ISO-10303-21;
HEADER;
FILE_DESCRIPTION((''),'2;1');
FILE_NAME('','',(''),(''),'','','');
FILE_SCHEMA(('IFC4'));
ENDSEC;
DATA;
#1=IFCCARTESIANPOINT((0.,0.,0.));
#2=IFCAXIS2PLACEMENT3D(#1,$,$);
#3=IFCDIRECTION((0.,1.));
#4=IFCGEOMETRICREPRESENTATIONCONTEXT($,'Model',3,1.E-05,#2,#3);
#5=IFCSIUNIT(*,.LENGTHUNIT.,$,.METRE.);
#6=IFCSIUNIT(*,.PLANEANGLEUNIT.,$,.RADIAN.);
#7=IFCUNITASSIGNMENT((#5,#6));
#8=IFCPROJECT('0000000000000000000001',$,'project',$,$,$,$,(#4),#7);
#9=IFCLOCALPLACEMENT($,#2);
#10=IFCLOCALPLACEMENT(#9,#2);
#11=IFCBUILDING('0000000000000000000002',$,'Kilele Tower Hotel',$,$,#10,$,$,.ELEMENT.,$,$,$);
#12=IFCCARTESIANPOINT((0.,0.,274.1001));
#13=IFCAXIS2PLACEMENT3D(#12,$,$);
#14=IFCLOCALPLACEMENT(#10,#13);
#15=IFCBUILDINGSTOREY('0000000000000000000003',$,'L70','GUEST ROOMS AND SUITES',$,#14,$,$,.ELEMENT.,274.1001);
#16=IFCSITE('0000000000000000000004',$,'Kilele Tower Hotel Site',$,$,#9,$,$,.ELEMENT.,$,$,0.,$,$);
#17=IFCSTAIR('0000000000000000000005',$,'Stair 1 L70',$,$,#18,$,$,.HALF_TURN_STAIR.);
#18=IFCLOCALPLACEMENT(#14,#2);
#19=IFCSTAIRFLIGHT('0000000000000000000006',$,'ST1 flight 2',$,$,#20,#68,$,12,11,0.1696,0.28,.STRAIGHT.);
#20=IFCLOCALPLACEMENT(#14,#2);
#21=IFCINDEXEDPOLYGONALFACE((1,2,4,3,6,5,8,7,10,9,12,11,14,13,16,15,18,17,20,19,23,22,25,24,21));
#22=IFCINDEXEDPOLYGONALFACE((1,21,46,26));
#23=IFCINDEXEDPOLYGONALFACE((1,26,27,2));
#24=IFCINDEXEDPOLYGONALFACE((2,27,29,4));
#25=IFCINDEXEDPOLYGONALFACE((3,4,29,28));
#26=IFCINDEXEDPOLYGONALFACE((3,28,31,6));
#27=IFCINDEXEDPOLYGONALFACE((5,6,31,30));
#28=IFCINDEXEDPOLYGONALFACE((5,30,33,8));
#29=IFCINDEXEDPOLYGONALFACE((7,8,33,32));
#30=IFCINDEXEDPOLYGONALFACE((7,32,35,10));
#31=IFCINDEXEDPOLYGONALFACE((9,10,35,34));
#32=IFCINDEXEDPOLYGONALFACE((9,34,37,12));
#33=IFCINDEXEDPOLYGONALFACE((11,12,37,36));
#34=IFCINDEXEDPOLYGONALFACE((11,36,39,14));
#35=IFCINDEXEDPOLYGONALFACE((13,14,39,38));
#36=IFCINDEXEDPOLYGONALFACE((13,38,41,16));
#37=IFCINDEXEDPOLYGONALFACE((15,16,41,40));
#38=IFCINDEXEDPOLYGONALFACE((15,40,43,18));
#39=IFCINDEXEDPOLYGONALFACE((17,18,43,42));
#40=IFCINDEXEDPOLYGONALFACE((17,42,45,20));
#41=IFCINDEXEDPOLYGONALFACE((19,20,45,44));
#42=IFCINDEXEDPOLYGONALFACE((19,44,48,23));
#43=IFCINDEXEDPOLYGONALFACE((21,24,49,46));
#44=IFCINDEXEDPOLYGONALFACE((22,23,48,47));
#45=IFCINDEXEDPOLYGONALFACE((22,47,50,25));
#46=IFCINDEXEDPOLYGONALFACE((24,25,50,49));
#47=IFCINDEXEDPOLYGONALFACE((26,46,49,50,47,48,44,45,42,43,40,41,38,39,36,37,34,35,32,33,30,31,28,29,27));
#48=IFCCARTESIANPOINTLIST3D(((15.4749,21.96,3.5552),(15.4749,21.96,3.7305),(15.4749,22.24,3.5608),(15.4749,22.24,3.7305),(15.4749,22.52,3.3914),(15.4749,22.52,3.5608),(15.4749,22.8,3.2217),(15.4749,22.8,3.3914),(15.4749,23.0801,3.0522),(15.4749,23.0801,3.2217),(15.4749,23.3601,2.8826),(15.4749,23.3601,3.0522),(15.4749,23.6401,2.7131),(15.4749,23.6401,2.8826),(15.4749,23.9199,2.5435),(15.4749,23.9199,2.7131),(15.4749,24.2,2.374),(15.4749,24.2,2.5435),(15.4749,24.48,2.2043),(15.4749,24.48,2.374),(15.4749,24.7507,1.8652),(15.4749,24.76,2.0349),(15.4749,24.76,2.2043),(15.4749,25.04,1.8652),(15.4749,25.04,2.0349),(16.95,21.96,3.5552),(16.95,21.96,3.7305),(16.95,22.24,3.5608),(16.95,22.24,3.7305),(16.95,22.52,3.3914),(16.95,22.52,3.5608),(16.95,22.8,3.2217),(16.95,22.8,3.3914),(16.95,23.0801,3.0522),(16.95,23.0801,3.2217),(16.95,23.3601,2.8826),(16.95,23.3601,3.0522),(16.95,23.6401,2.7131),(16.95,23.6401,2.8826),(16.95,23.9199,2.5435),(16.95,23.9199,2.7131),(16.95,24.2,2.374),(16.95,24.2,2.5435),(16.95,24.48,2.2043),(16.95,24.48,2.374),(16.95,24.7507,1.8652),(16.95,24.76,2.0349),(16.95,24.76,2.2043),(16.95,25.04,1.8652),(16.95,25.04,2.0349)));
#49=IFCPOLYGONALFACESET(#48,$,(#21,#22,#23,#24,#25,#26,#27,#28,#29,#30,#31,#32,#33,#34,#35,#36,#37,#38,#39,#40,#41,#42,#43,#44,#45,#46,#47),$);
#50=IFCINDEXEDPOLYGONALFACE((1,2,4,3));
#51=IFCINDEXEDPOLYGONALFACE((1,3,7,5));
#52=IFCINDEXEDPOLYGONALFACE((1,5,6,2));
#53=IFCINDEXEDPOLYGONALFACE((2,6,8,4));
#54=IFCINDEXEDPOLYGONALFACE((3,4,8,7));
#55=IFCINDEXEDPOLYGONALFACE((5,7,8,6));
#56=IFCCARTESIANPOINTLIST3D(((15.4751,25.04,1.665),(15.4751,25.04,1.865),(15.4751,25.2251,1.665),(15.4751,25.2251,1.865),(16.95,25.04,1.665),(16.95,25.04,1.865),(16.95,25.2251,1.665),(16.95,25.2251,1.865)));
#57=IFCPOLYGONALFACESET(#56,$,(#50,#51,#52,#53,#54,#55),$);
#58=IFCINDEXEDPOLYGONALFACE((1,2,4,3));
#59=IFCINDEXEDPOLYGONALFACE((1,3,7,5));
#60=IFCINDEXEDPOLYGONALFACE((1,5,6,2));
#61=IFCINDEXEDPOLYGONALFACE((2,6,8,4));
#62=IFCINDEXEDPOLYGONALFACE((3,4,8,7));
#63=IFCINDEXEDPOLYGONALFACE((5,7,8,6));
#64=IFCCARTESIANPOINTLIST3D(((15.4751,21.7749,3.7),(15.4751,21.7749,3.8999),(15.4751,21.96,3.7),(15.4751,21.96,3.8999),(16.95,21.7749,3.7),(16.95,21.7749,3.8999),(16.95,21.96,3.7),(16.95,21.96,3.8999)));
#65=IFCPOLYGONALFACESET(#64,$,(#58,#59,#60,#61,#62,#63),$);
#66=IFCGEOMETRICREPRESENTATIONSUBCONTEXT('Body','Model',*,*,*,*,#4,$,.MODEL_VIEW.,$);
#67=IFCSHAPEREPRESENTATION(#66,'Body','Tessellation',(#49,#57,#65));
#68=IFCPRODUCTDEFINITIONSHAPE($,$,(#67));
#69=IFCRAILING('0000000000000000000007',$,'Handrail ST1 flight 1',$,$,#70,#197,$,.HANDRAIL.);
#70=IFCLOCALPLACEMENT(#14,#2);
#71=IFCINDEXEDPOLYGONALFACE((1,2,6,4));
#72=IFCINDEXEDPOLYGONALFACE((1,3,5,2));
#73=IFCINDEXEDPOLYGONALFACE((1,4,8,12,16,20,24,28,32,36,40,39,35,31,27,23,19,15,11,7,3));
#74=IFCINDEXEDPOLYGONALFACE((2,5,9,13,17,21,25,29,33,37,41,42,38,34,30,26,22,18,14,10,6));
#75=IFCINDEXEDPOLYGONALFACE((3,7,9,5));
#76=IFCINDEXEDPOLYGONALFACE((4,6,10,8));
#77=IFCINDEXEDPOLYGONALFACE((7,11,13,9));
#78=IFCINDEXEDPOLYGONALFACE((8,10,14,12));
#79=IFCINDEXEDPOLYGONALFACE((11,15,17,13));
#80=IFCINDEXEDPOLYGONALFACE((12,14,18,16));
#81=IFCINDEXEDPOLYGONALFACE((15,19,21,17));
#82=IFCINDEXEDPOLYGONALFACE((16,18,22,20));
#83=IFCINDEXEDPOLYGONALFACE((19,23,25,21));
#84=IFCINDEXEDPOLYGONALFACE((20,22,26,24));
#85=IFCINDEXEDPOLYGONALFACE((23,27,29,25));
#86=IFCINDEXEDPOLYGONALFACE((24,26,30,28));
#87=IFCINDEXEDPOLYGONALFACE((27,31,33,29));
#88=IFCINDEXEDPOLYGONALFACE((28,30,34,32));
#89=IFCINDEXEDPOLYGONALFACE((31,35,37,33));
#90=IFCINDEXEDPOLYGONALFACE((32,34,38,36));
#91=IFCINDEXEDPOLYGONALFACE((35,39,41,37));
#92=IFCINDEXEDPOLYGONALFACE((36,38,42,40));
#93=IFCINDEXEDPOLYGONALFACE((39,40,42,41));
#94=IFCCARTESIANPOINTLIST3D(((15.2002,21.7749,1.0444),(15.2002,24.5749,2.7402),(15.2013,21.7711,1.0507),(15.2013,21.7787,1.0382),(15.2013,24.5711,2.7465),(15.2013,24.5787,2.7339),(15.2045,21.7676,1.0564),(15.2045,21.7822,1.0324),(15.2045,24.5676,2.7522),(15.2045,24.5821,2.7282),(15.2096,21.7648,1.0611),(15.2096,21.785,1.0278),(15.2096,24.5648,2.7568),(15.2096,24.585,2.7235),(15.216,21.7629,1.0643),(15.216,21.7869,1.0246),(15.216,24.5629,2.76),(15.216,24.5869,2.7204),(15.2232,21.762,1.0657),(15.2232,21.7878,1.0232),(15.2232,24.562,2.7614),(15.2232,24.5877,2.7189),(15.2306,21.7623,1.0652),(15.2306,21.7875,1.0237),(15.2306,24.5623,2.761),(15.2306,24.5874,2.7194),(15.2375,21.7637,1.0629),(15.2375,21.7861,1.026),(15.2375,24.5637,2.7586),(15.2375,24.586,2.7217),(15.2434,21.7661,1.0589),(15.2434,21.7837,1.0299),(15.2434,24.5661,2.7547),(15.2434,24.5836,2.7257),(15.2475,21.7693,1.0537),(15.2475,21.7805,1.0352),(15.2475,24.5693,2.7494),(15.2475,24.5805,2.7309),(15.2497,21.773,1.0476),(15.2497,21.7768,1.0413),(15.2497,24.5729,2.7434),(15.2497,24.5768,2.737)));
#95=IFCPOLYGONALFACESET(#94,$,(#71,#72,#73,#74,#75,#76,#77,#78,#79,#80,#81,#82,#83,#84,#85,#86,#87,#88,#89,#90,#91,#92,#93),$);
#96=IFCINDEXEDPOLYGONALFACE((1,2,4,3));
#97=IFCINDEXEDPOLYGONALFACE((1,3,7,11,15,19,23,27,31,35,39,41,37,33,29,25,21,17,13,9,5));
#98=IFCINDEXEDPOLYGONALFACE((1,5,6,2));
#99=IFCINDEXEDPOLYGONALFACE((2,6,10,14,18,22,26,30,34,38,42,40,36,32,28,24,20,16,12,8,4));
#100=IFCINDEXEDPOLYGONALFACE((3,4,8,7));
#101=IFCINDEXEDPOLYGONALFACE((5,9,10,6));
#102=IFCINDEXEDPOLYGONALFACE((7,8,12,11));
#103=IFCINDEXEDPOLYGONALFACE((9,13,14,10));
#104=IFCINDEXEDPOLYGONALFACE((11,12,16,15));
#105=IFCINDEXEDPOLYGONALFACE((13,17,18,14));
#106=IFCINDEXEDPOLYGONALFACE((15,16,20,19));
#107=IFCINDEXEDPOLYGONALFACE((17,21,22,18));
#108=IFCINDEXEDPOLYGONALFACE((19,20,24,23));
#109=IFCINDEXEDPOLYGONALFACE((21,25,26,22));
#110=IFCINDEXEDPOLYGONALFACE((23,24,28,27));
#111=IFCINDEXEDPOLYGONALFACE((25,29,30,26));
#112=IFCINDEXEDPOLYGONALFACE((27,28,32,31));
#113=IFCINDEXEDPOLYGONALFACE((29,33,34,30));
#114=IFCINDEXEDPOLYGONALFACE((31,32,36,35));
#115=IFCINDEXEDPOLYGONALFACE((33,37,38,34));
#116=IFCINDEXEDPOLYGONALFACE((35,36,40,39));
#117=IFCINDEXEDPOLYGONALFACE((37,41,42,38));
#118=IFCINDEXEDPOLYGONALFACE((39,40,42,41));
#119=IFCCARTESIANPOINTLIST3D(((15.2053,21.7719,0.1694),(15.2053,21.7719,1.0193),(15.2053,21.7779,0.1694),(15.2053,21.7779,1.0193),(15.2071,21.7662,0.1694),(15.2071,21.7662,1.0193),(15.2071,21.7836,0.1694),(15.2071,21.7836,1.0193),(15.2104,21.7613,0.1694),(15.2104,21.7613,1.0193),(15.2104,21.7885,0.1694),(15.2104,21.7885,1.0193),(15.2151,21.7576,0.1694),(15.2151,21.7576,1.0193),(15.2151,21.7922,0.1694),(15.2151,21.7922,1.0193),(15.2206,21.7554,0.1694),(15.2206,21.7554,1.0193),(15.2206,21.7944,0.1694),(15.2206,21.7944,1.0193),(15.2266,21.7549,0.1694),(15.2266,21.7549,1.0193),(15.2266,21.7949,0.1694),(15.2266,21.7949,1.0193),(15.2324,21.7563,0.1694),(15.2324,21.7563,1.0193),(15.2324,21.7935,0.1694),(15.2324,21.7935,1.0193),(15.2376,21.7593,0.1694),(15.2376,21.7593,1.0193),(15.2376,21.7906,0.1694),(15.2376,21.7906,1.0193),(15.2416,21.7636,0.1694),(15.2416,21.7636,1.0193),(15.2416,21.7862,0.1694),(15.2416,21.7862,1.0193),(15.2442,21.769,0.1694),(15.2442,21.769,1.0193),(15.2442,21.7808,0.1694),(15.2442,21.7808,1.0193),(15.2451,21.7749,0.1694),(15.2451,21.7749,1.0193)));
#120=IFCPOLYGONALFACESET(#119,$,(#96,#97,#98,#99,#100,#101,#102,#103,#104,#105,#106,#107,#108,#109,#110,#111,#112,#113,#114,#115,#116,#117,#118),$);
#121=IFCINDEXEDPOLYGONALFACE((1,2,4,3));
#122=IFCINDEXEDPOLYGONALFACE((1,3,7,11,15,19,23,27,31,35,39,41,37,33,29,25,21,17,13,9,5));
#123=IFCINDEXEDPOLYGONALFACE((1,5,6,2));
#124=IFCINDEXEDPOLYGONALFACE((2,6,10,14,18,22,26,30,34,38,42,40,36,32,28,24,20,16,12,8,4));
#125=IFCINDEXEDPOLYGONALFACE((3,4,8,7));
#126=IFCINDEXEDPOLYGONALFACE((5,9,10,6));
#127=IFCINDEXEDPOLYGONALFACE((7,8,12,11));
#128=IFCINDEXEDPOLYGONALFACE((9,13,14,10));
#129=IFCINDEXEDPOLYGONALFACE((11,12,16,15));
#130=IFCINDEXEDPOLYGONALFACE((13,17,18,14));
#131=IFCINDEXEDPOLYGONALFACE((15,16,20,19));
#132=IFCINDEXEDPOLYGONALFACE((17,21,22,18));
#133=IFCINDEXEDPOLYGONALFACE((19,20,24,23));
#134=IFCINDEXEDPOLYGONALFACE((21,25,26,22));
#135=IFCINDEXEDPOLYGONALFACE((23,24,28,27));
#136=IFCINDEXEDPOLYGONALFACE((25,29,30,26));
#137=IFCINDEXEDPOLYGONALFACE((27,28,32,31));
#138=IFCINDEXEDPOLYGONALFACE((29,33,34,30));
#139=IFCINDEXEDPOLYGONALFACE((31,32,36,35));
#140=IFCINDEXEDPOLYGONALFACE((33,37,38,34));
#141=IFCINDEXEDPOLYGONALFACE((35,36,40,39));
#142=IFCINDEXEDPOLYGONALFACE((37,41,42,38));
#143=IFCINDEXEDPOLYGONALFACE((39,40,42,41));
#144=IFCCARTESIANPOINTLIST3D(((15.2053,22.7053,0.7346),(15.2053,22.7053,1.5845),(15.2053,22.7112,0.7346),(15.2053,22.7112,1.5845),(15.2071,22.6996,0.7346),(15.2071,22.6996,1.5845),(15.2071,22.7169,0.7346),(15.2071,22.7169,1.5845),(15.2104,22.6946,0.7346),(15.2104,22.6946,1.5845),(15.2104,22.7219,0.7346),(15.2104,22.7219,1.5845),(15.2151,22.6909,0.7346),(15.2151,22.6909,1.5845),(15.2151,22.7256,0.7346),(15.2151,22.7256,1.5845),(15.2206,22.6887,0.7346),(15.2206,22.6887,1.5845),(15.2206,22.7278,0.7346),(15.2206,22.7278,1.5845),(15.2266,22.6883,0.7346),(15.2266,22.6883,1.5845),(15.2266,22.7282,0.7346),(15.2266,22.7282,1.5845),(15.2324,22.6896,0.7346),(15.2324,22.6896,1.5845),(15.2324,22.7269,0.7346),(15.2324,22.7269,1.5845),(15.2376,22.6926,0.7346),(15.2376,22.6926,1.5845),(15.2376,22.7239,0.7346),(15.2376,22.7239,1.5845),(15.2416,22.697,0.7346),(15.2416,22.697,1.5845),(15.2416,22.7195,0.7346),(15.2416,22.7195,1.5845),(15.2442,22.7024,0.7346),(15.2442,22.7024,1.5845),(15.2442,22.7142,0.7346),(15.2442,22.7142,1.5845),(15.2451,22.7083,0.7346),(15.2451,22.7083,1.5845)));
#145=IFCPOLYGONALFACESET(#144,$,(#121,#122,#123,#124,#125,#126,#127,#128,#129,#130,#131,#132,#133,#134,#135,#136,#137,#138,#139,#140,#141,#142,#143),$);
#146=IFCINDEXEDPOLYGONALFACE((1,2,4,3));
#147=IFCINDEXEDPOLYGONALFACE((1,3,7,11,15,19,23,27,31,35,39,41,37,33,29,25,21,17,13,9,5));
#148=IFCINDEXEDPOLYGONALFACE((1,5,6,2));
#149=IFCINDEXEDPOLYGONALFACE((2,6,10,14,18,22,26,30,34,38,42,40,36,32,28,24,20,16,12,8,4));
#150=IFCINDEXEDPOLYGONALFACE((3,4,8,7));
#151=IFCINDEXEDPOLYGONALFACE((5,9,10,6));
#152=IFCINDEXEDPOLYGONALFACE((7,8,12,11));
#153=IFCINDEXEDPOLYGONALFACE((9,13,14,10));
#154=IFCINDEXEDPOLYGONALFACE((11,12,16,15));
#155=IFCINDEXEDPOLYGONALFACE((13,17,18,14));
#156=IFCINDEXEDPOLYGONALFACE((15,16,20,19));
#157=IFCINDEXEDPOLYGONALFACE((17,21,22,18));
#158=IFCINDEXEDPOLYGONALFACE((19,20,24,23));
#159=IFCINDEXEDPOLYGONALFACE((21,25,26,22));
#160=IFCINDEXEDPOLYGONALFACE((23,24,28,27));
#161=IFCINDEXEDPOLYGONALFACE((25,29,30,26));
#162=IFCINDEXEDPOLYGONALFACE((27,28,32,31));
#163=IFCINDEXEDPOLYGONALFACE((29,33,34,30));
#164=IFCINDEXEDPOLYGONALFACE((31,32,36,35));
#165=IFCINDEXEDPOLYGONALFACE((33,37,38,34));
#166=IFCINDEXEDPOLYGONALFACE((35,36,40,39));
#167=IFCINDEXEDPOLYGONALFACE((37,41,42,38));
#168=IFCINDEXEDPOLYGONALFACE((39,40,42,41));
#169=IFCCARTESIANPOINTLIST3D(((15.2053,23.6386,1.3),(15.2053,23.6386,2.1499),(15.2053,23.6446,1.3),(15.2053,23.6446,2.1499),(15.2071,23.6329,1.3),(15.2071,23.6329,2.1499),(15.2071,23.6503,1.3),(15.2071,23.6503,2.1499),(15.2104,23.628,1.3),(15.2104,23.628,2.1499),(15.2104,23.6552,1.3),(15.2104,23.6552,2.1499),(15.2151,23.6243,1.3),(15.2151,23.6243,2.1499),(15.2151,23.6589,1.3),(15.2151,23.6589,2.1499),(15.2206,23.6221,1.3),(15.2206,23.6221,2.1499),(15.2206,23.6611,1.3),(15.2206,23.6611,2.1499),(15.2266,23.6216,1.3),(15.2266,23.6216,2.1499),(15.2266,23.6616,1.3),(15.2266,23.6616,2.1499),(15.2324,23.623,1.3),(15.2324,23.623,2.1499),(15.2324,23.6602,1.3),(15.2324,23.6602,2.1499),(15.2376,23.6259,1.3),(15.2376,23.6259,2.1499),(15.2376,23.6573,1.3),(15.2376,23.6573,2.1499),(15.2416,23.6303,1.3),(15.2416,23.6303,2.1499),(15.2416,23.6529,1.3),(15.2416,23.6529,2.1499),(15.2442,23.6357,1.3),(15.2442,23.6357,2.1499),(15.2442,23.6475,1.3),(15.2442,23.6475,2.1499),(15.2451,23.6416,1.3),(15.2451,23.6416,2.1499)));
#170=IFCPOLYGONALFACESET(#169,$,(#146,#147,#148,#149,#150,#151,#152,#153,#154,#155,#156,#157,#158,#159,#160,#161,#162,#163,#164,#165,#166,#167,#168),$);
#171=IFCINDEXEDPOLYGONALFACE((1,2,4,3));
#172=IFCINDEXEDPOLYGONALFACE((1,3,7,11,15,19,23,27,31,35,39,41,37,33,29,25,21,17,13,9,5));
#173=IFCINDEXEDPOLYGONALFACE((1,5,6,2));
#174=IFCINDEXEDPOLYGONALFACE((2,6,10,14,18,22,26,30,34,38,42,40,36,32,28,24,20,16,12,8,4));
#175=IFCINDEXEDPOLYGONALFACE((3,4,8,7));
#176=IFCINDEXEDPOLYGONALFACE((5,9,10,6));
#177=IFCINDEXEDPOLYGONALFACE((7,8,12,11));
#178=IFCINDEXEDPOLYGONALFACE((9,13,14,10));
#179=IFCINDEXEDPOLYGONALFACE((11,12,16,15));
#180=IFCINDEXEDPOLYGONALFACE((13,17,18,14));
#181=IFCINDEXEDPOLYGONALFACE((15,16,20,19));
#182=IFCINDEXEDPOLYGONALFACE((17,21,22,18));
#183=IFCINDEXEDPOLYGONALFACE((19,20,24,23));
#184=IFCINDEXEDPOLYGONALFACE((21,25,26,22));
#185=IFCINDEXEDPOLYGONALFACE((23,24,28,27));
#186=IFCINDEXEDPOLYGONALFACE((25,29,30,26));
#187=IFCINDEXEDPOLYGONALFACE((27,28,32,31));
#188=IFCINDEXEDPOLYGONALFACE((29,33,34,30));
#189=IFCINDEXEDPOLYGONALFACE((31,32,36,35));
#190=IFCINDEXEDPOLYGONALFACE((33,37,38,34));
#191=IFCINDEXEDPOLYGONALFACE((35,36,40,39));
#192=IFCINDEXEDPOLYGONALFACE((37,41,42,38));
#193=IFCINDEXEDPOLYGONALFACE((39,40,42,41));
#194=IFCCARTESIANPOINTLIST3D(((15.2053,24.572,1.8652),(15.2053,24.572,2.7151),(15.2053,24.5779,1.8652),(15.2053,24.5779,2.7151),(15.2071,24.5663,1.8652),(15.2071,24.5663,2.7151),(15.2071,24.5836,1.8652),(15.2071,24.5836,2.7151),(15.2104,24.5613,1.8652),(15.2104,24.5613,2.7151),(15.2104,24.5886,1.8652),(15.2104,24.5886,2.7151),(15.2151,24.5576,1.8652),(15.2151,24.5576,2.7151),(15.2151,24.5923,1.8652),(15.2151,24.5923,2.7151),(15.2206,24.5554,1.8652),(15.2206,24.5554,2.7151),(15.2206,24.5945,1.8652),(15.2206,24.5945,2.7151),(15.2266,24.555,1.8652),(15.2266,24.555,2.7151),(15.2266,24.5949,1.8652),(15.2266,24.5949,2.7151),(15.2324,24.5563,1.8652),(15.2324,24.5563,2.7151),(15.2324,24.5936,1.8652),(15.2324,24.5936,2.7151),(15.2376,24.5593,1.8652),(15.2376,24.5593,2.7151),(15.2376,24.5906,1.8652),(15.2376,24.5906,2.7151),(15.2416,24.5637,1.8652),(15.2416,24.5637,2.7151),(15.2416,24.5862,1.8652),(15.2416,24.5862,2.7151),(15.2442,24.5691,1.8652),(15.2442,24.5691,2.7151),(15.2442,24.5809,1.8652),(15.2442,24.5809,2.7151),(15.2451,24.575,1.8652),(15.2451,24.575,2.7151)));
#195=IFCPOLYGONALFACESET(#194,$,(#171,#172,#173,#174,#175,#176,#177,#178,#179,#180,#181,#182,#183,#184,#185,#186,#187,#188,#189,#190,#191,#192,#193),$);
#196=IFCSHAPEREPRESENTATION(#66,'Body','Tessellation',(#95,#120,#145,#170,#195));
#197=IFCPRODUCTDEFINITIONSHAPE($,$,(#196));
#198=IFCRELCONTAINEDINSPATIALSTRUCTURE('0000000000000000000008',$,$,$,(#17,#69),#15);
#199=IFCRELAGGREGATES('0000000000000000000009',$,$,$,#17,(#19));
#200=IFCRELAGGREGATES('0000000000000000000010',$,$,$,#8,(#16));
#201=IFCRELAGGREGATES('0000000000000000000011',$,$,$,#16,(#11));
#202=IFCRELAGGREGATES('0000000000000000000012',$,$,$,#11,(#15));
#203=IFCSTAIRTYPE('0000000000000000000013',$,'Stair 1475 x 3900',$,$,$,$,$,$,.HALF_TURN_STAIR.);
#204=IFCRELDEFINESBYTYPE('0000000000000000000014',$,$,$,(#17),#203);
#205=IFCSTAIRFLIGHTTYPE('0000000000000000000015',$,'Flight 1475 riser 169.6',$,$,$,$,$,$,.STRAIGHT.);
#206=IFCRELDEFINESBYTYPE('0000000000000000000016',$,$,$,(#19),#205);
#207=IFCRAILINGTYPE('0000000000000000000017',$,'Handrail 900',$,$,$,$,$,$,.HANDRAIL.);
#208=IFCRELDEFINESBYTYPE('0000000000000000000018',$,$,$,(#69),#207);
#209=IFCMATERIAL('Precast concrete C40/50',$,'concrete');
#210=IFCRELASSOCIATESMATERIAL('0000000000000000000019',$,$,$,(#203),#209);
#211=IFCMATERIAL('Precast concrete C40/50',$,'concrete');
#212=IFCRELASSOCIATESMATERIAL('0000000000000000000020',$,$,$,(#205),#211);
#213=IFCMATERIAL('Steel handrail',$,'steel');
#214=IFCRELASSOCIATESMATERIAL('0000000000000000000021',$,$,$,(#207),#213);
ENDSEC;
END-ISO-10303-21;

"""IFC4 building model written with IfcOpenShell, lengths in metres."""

from ifc_helpers import new_model, si_unit, direction, frame, origin, origin_2d, place, context, subcontext, project, spatial, polyline, circle, outline, extrude, material, type_object, element, aggregate, save


model = new_model("IFC4")

# Units and contexts
model_context = context("Model", 3, precision=1e-05, world=origin(), true_north=direction((0.0, 1.0)))
body_context = subcontext(model_context, "Body", "Model", "MODEL_VIEW")
ifc_project = project(units=[si_unit("LENGTHUNIT", "METRE"), si_unit("PLANEANGLEUNIT", "RADIAN")], contexts=[model_context])

# Site, building, storey
site_placement = place(None, origin())
site = spatial("IfcSite", under=ifc_project, at=site_placement, Name="Kilele Tower Hotel Site", CompositionType="ELEMENT", RefElevation=0.0)
building_placement = place(site_placement, origin())
building = spatial("IfcBuilding", under=site, at=building_placement, Name="Kilele Tower Hotel", CompositionType="ELEMENT")
storey_placement = place(building_placement, frame((0.0, 0.0, 274.1001)))
storey = spatial("IfcBuildingStorey", under=building, at=storey_placement, Name="L70", Description="GUEST ROOMS AND SUITES", CompositionType="ELEMENT", Elevation=274.1001)

# Stair, stair flight
ifc_material_1 = material(Name="Precast concrete C40/50", Category="concrete")
stair_type = type_object("IfcStairType", Name="Stair 1475 x 3900", PredefinedType="HALF_TURN_STAIR", material=ifc_material_1)
stair_placement = place(storey_placement, origin())
stair = element("IfcStair", 1, at=stair_placement, inside=storey, type_object=stair_type, Name="Stair 1 L70", PredefinedType="HALF_TURN_STAIR")
ifc_material_2 = material(Name="Precast concrete C40/50", Category="concrete")
stair_flight_type = type_object("IfcStairFlightType", Name="Flight 1475 riser 169.6", PredefinedType="STRAIGHT", material=ifc_material_2)
stair_flight_1_placement = place(storey_placement, frame((16.2124, 25.04, 1.8652), z_axis=(0.0, 0.0, 1.0), x_axis=(0.0, -1.0, 0.0)))
stair_flight_1 = element("IfcStairFlight", 2, at=stair_flight_1_placement, type_object=stair_flight_type, Name="ST1 flight 2", NumberOfRisers=12, NumberOfTreads=11, PredefinedType="STRAIGHT", RiserHeight=0.1696, TreadLength=0.28, context=body_context, shape_type="SweptSolid", body=[
    extrude(outline(polyline([(0.0, 0.0), (0.0, 0.1697), (0.28, 0.1697), (0.28, 0.3391), (0.5601, 0.3391), (0.5601, 0.5088), (0.8401, 0.5088), (0.8401, 0.6782), (1.1201, 0.6782), (1.1201, 0.8479), (1.3999, 0.8479), (1.3999, 1.0173), (1.6799, 1.0173), (1.6799, 1.187), (1.96, 1.187), (1.96, 1.3564), (2.24, 1.3564), (2.24, 1.5261), (2.52, 1.5261), (2.52, 1.6956), (2.8, 1.6956), (2.8, 1.8652), (3.0801, 1.8652), (3.0801, 2.0347), (3.0801, 1.6899), (0.2893, 0.0), (0.0, 0.0)])), frame((0.0, 0.7375, 0.0), z_axis=(0.0, -1.0, 0.0), x_axis=(1.0, 0.0, 0.0)), (0.0, 0.0, 1.0), 1.4751),
    extrude(outline(polyline([(0.0, -0.7373), (0.0, 0.7375), (-0.1851, 0.7375), (-0.1851, -0.7373), (0.0, -0.7373)])), frame((0.0, 0.0, -0.2002)), (0.0, 0.0, 1.0), 0.2),
    extrude(outline(polyline([(3.2651, -0.7373), (3.2651, 0.7375), (3.0801, 0.7375), (3.0801, -0.7373), (3.2651, -0.7373)])), frame((0.0, 0.0, 1.8347)), (0.0, 0.0, 1.0), 0.2),
])
aggregate(stair, [stair_flight_1])

# Railing
ifc_material_3 = material(Name="Steel handrail", Category="steel")
railing_type_1 = type_object("IfcRailingType", Name="Handrail 900", PredefinedType="HANDRAIL", material=ifc_material_3)
railing_1_placement = place(storey_placement, frame((15.2251, 21.7749, 0.1694)))
element("IfcRailing", 3, at=railing_1_placement, inside=storey, type_object=railing_type_1, Name="Handrail ST1 flight 1", PredefinedType="HANDRAIL", context=body_context, shape_type="SweptSolid", body=[
    extrude(circle(Radius=0.0249, at=origin_2d()), frame((0.0, 0.0, 0.875), z_axis=(0.0, 0.85536, 0.518034), x_axis=(-1.0, 0.0, 0.0)), (0.0, 0.0, 1.0), 3.2734),
    extrude(circle(Radius=0.02, at=origin_2d()), origin(), (0.0, 0.0, 1.0), 0.8499),
    extrude(circle(Radius=0.02, at=origin_2d()), frame((0.0, 0.9333, 0.5652)), (0.0, 0.0, 1.0), 0.8499),
    extrude(circle(Radius=0.02, at=origin_2d()), frame((0.0, 1.8667, 1.1306)), (0.0, 0.0, 1.0), 0.8499),
    extrude(circle(Radius=0.02, at=origin_2d()), frame((0.0, 2.8, 1.6958)), (0.0, 0.0, 1.0), 0.8499),
])

save(model, "model.ifc")
